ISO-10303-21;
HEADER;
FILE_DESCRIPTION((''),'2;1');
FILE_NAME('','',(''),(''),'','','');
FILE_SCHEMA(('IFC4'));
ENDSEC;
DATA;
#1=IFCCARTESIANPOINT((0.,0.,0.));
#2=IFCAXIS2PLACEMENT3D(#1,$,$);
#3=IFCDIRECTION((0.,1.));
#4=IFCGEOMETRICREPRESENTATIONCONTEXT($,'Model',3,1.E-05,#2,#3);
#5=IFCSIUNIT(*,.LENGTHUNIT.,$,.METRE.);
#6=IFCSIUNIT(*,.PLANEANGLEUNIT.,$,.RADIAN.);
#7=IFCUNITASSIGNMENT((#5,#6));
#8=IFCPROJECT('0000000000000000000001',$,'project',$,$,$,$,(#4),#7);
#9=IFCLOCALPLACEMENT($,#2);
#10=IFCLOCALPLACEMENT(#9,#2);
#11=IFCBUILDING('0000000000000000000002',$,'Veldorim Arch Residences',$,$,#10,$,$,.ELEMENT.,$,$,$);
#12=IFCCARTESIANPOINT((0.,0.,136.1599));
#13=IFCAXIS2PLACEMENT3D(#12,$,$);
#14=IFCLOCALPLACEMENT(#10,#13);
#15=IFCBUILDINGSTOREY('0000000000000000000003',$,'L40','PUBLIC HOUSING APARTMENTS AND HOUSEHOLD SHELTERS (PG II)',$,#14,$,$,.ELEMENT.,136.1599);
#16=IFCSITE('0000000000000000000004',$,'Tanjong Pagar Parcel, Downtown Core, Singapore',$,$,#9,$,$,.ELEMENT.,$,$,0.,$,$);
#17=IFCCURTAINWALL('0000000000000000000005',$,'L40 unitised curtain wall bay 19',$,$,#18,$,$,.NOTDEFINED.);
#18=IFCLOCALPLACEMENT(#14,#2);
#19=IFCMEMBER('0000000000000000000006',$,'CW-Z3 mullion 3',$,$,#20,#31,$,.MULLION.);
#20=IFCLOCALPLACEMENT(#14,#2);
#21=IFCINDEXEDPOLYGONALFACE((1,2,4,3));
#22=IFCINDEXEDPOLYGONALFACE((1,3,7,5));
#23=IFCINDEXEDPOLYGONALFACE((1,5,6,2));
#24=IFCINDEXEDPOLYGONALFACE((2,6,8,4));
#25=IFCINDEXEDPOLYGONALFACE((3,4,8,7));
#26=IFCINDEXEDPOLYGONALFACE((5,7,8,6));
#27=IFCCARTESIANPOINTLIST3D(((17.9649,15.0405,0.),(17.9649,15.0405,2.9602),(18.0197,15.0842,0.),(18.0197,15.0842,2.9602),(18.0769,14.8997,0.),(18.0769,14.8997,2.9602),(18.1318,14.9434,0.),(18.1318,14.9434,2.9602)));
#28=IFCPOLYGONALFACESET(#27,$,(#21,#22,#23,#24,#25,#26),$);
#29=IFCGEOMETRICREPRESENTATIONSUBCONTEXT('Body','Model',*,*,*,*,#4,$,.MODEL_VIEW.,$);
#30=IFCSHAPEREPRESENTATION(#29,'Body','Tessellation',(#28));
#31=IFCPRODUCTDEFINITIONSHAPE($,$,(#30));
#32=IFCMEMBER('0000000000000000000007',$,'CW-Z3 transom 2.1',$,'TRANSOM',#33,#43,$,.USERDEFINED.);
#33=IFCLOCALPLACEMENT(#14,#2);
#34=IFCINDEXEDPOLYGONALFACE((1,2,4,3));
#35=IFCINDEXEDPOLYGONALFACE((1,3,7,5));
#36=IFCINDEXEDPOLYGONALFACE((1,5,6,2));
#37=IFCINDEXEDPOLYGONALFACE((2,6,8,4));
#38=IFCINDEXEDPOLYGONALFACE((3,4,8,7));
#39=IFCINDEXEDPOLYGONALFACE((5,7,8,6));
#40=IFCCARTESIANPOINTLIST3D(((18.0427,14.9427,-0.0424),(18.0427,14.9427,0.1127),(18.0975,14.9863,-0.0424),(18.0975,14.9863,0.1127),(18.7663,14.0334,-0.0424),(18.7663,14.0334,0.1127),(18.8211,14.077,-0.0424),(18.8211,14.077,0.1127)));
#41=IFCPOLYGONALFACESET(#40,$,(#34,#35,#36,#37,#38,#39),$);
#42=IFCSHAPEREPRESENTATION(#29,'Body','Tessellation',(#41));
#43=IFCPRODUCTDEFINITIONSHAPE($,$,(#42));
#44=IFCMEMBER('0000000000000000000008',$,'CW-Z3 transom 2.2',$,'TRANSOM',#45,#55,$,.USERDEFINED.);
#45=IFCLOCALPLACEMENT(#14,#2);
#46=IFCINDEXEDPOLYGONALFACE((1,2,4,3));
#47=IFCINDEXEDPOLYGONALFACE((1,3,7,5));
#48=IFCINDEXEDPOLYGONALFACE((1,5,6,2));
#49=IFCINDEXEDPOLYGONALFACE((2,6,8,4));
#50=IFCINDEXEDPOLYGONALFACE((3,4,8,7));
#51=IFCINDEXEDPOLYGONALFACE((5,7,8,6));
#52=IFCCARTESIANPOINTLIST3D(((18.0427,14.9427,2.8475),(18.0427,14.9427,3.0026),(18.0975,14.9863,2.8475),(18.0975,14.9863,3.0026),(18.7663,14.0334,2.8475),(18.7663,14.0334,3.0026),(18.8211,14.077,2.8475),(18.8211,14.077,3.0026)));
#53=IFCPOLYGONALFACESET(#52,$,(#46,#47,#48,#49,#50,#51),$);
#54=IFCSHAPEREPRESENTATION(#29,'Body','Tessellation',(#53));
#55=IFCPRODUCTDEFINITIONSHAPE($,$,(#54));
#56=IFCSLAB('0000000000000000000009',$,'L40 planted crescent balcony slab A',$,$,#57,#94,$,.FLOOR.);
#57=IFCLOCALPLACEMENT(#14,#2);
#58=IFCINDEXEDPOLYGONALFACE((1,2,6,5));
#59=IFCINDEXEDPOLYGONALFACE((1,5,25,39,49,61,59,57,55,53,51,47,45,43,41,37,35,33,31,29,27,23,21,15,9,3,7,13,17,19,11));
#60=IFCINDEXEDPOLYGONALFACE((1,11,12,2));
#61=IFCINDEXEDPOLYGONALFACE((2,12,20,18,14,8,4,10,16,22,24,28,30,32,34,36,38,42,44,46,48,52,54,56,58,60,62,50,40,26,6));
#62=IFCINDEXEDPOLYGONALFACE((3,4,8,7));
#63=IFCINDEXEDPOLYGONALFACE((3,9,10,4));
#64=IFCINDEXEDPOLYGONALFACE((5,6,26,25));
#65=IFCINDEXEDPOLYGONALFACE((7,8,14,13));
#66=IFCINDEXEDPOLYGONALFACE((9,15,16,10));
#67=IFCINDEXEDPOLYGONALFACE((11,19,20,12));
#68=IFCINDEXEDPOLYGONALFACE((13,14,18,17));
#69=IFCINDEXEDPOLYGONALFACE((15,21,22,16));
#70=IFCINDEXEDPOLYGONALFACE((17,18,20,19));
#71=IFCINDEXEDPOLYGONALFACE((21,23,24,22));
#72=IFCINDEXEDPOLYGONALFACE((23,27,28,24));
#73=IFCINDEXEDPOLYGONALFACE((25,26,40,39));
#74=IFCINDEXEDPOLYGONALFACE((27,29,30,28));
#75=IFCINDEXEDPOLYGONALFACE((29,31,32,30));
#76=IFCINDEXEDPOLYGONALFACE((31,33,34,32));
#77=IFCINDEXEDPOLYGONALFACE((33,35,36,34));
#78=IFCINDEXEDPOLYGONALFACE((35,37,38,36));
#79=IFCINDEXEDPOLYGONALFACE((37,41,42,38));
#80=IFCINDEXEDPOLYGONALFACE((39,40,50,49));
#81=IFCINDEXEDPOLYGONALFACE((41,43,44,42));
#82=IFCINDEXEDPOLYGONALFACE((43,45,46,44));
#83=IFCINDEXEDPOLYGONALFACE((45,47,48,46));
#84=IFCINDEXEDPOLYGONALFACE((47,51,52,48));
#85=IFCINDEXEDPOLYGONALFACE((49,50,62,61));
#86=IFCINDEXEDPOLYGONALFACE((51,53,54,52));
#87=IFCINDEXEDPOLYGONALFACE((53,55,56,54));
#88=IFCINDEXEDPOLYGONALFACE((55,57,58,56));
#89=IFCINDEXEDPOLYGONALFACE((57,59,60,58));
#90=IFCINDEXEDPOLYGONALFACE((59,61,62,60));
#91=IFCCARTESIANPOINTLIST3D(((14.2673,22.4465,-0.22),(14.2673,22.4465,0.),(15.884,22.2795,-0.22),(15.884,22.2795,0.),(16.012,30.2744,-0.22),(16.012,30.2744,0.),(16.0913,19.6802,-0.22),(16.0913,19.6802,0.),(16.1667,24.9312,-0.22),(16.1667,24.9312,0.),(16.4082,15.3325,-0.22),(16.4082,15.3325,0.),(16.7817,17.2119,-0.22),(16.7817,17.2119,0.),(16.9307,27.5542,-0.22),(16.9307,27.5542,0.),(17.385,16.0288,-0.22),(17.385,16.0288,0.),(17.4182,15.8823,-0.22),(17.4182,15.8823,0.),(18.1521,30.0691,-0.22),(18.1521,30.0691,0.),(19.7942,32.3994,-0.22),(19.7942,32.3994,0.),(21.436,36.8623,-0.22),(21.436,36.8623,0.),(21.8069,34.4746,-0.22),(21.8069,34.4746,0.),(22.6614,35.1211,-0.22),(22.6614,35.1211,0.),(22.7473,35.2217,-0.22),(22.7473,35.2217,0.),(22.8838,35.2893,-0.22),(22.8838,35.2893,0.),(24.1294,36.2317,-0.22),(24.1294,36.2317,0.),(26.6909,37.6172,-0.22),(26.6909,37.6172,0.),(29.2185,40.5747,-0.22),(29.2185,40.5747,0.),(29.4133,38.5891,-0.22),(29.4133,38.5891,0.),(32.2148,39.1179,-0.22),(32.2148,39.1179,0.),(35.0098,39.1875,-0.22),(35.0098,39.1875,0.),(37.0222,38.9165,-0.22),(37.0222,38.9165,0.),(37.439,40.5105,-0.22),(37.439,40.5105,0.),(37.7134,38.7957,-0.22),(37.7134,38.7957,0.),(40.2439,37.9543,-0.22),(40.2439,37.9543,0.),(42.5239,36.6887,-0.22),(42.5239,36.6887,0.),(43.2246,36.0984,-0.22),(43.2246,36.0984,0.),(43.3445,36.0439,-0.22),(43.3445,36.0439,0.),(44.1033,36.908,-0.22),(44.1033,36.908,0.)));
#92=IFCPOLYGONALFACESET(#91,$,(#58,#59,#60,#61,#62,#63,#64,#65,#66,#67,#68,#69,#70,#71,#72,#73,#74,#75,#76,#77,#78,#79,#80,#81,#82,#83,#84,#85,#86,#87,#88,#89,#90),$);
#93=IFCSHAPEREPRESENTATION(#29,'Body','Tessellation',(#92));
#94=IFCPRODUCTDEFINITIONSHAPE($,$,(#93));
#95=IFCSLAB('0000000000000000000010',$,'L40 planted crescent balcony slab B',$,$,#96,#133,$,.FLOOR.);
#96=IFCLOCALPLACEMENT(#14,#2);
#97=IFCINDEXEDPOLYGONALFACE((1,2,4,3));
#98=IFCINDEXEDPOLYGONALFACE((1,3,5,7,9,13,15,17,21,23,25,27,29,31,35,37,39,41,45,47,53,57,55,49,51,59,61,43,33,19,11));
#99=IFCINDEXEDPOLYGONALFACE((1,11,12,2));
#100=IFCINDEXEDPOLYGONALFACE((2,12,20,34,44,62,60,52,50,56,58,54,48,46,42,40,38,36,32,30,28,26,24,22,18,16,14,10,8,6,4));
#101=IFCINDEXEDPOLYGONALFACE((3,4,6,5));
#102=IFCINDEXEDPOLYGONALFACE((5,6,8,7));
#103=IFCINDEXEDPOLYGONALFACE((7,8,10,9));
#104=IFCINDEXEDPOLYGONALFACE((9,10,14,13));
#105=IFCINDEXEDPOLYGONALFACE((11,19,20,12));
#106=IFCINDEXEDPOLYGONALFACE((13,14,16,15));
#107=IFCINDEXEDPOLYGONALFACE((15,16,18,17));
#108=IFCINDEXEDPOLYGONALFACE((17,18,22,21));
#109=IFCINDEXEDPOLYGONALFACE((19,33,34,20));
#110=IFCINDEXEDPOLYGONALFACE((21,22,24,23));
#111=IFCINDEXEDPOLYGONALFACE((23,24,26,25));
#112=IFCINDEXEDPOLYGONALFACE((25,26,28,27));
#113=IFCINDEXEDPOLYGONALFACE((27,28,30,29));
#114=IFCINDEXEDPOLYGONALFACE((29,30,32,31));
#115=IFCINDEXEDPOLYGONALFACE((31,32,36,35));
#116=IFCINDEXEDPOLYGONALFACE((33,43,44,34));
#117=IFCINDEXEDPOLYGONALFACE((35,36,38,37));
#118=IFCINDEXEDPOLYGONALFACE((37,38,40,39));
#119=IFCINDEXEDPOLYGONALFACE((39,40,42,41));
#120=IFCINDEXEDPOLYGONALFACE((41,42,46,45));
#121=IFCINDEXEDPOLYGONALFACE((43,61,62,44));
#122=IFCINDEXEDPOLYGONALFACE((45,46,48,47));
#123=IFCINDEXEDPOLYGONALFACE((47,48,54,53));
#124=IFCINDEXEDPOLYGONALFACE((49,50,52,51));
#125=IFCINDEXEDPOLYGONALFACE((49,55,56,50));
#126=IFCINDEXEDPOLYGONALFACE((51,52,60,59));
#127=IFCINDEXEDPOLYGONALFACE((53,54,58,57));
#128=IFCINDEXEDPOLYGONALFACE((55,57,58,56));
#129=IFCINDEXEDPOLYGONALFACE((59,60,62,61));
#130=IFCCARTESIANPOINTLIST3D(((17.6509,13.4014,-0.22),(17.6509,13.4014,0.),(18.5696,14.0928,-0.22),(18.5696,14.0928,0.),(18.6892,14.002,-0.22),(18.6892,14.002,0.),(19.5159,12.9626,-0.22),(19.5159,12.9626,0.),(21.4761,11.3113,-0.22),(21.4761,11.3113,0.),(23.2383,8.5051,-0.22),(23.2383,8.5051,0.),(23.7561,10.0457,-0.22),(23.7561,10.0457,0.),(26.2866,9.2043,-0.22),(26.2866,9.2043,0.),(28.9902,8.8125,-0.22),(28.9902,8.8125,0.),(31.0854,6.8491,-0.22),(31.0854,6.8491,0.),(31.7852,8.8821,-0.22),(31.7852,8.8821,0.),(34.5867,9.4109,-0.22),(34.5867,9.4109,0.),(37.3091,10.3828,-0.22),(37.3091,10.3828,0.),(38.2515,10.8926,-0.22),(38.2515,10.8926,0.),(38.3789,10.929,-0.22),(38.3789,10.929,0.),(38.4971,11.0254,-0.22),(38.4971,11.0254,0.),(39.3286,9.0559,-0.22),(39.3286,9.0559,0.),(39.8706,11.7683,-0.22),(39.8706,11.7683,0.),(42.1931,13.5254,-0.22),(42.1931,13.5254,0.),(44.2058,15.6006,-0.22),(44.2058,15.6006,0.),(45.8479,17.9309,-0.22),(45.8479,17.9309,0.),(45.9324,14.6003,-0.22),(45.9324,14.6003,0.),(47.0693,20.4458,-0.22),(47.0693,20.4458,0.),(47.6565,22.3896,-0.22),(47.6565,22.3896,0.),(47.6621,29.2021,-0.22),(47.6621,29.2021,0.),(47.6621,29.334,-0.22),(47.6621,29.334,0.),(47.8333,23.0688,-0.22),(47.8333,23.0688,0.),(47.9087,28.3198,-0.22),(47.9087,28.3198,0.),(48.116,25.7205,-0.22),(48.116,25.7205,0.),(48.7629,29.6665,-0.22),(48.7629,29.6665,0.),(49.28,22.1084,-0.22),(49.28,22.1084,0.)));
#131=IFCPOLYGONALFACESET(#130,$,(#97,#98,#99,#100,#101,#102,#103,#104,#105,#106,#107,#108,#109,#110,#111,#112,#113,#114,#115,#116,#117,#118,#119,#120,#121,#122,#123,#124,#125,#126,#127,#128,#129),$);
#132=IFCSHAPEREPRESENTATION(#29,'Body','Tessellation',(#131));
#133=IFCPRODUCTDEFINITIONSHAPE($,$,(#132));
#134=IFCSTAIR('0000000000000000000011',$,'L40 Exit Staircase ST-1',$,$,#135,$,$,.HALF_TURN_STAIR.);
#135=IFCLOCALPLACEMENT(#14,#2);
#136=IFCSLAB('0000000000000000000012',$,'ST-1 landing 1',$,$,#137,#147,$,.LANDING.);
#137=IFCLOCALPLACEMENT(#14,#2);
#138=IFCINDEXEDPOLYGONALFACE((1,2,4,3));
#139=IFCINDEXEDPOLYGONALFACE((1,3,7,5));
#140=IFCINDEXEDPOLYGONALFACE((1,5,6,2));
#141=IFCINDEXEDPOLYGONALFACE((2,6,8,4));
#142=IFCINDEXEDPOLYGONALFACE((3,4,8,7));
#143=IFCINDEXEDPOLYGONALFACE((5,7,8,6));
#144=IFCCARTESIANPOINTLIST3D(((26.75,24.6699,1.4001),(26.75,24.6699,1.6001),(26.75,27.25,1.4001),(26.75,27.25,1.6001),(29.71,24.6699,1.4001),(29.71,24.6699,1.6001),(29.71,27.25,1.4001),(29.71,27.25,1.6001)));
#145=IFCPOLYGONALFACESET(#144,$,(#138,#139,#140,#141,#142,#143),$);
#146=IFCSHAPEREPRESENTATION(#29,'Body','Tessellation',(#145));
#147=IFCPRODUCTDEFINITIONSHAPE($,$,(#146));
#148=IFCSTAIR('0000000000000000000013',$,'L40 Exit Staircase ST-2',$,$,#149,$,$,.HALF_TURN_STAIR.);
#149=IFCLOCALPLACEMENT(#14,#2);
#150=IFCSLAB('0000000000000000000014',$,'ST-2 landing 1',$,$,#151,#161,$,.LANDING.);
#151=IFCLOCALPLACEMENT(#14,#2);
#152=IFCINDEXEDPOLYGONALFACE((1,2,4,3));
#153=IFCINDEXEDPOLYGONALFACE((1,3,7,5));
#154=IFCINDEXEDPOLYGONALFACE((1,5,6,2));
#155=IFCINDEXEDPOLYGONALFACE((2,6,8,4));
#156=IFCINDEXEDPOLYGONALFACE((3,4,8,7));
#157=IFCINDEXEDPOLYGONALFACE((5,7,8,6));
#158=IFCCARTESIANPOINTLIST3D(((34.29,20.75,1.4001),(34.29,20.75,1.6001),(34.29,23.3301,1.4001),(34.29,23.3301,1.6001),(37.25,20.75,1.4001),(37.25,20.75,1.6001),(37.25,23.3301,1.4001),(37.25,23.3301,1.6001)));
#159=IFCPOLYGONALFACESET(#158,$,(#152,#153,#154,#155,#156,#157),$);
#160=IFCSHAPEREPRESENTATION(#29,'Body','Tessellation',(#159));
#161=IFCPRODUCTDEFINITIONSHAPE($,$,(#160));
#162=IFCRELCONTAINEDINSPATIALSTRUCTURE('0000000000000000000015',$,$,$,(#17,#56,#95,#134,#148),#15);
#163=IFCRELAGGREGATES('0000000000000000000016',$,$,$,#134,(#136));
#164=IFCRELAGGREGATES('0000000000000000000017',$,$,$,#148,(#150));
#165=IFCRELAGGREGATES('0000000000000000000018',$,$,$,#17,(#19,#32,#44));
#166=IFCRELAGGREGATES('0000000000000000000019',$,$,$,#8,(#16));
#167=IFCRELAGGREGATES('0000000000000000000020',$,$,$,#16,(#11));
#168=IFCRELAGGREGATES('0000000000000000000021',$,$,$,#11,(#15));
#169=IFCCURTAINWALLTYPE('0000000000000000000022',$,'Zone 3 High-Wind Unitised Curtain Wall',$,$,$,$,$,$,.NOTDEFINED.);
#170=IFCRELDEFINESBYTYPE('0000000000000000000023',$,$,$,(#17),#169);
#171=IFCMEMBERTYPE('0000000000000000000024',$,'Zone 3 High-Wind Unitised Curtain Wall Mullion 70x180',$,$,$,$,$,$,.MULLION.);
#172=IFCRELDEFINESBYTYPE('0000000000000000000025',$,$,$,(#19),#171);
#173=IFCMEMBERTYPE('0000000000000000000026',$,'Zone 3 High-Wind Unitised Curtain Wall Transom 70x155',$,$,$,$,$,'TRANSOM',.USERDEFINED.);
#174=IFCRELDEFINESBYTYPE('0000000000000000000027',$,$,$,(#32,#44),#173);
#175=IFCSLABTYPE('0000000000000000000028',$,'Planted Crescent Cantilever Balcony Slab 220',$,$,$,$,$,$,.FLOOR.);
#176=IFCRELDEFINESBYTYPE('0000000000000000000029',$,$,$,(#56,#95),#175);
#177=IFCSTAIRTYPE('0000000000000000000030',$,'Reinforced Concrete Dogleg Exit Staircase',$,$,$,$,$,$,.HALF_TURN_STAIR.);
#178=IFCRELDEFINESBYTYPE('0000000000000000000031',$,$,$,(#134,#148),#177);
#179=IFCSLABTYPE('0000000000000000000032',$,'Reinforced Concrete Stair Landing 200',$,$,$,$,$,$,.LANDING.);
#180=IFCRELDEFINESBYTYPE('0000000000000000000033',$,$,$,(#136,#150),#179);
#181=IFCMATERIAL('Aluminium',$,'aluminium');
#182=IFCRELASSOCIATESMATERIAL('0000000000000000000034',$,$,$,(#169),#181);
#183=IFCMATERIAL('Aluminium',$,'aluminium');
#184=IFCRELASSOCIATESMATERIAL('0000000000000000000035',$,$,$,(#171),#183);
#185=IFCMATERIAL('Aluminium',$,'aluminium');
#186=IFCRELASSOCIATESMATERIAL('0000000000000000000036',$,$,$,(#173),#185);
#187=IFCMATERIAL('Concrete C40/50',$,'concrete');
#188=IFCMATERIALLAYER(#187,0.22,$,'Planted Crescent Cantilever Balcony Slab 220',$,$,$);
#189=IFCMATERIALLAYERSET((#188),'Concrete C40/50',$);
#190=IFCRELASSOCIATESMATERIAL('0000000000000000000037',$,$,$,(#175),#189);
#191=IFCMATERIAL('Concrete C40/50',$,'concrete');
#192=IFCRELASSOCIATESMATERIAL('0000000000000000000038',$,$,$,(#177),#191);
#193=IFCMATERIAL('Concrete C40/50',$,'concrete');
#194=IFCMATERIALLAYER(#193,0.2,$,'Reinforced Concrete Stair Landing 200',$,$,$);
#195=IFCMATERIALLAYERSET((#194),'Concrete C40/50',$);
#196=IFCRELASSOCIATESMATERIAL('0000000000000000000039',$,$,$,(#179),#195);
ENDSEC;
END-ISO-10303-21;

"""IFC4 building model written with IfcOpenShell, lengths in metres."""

from ifc_helpers import new_model, si_unit, direction, frame, origin, origin_2d, place, context, subcontext, project, spatial, polyline, rectangle, outline, extrude, material, layer, layer_set, material_profile, profile_set, type_object, element, aggregate, save


model = new_model("IFC4")

# Units and contexts
model_context = context("Model", 3, precision=1e-05, world=origin(), true_north=direction((0.0, 1.0)))
body_context = subcontext(model_context, "Body", "Model", "MODEL_VIEW")
ifc_project = project(units=[si_unit("LENGTHUNIT", "METRE"), si_unit("PLANEANGLEUNIT", "RADIAN")], contexts=[model_context])

# Site, building, storey
site_placement = place(None, origin())
site = spatial("IfcSite", under=ifc_project, at=site_placement, Name="Tanjong Pagar Parcel, Downtown Core, Singapore", CompositionType="ELEMENT", RefElevation=0.0)
building_placement = place(site_placement, origin())
building = spatial("IfcBuilding", under=site, at=building_placement, Name="Veldorim Arch Residences", CompositionType="ELEMENT")
storey_placement = place(building_placement, frame((0.0, 0.0, 136.1599)))
storey = spatial("IfcBuildingStorey", under=building, at=storey_placement, Name="L40", Description="PUBLIC HOUSING APARTMENTS AND HOUSEHOLD SHELTERS (PG II)", CompositionType="ELEMENT", Elevation=136.1599)

# Curtain wall, members
ifc_material_1 = material(Name="Aluminium", Category="aluminium")
curtain_wall_type = type_object("IfcCurtainWallType", Name="Zone 3 High-Wind Unitised Curtain Wall", PredefinedType="NOTDEFINED", material=ifc_material_1)
curtain_wall_placement = place(storey_placement, origin())
curtain_wall = element("IfcCurtainWall", 1, at=curtain_wall_placement, inside=storey, type_object=curtain_wall_type, Name="L40 unitised curtain wall bay 19", PredefinedType="NOTDEFINED")
ifc_material_2 = material(Name="Aluminium", Category="aluminium")
ifc_material_profile_1 = material_profile(ifc_material_2, rectangle(XDim=0.0701, YDim=0.1799, at=origin_2d()), Name="ALU_MUL_70x180")
ifc_profile_set_1 = profile_set([ifc_material_profile_1], Name="Aluminium")
member_type_1 = type_object("IfcMemberType", Name="Zone 3 High-Wind Unitised Curtain Wall Mullion 70x180", PredefinedType="MULLION", material=ifc_profile_set_1)
member_1_placement = place(storey_placement, frame((18.0483, 14.9919, 0.0), z_axis=(0.0, 0.0, 1.0), x_axis=(-0.782556, -0.62258, 0.0)))
member_1 = element("IfcMember", 2, at=member_1_placement, type_object=member_type_1, Name="CW-Z3 mullion 3", PredefinedType="MULLION", context=body_context, shape_type="SweptSolid", body=[
    extrude(rectangle(XDim=0.0701, YDim=0.1799, at=origin_2d()), origin(), (0.0, 0.0, 1.0), 2.9602),
])
ifc_material_3 = material(Name="Aluminium", Category="aluminium")
ifc_material_profile_2 = material_profile(ifc_material_3, rectangle(XDim=0.0701, YDim=0.155, at=origin_2d()), Name="ALU_TRN_70x155")
ifc_profile_set_2 = profile_set([ifc_material_profile_2], Name="Aluminium")
member_type_2 = type_object("IfcMemberType", Name="Zone 3 High-Wind Unitised Curtain Wall Transom 70x155", ElementType="TRANSOM", PredefinedType="USERDEFINED", material=ifc_profile_set_2)
member_2_placement = place(storey_placement, frame((18.7937, 14.0552, 0.0352), z_axis=(-0.622643, 0.782506, 0.0), x_axis=(-0.782506, -0.622643, 0.0)))
member_2 = element("IfcMember", 3, at=member_2_placement, type_object=member_type_2, Name="CW-Z3 transom 2.1", ObjectType="TRANSOM", PredefinedType="USERDEFINED", context=body_context, shape_type="SweptSolid", body=[
    extrude(rectangle(XDim=0.0701, YDim=0.155, at=origin_2d()), origin(), (0.0, 0.0, 1.0), 1.1621),
])
member_3_placement = place(storey_placement, frame((18.7937, 14.0552, 2.925), z_axis=(-0.622643, 0.782506, 0.0), x_axis=(-0.782506, -0.622643, 0.0)))
member_3 = element("IfcMember", 4, at=member_3_placement, type_object=member_type_2, Name="CW-Z3 transom 2.2", ObjectType="TRANSOM", PredefinedType="USERDEFINED", context=body_context, shape_type="SweptSolid", body=[
    extrude(rectangle(XDim=0.0701, YDim=0.155, at=origin_2d()), origin(), (0.0, 0.0, 1.0), 1.1621),
])

# Slabs
ifc_material_4 = material(Name="Concrete C40/50", Category="concrete")
ifc_layer_1 = layer(ifc_material_4, 0.22, Name="Planted Crescent Cantilever Balcony Slab 220")
ifc_layer_set_1 = layer_set([ifc_layer_1], Name="Concrete C40/50")
slab_type_1 = type_object("IfcSlabType", Name="Planted Crescent Cantilever Balcony Slab 220", PredefinedType="FLOOR", material=ifc_layer_set_1)
slab_1_placement = place(storey_placement, frame((0.0, 0.0, -0.22)))
element("IfcSlab", 5, at=slab_1_placement, inside=storey, type_object=slab_type_1, Name="L40 planted crescent balcony slab A", PredefinedType="FLOOR", context=body_context, shape_type="SweptSolid", body=[
    extrude(outline(polyline([(43.2246, 36.0984), (42.5239, 36.6887), (40.2439, 37.9543), (37.7134, 38.7957), (37.0222, 38.9165), (35.0098, 39.1875), (32.2148, 39.1179), (29.4133, 38.5891), (26.6909, 37.6172), (24.1294, 36.2317), (22.8838, 35.2893), (22.7473, 35.2217), (22.6614, 35.1211), (21.8069, 34.4746), (19.7942, 32.3994), (18.1521, 30.0691), (16.9307, 27.5542), (16.1667, 24.9312), (15.884, 22.2795), (16.0913, 19.6802), (16.7817, 17.2119), (17.385, 16.0288), (17.4182, 15.8823), (16.4082, 15.3325), (14.2673, 22.4465), (16.012, 30.2744), (21.436, 36.8623), (29.2185, 40.5747), (37.439, 40.5105), (44.1033, 36.908), (43.3445, 36.0439), (43.2246, 36.0984)])), origin(), (0.0, 0.0, 1.0), 0.22),
])
slab_2_placement = place(storey_placement, frame((0.0, 0.0, -0.22)))
element("IfcSlab", 6, at=slab_2_placement, inside=storey, type_object=slab_type_1, Name="L40 planted crescent balcony slab B", PredefinedType="FLOOR", context=body_context, shape_type="SweptSolid", body=[
    extrude(outline(polyline([(18.6892, 14.002), (19.5159, 12.9626), (21.4761, 11.3113), (23.7561, 10.0457), (26.2866, 9.2043), (28.9902, 8.8125), (31.7852, 8.8821), (34.5867, 9.4109), (37.3091, 10.3828), (38.2515, 10.8926), (38.3789, 10.929), (38.4971, 11.0254), (39.8706, 11.7683), (42.1931, 13.5254), (44.2058, 15.6006), (45.8479, 17.9309), (47.0693, 20.4458), (47.6565, 22.3896), (47.8333, 23.0688), (48.116, 25.7205), (47.9087, 28.3198), (47.6621, 29.2021), (47.6621, 29.334), (48.7629, 29.6665), (49.28, 22.1084), (45.9324, 14.6003), (39.3286, 9.0559), (31.0854, 6.8491), (23.2383, 8.5051), (17.6509, 13.4014), (18.5696, 14.0928), (18.6892, 14.002)])), origin(), (0.0, 0.0, 1.0), 0.22),
])

# Stairs, slabs
ifc_material_5 = material(Name="Concrete C40/50", Category="concrete")
stair_type = type_object("IfcStairType", Name="Reinforced Concrete Dogleg Exit Staircase", PredefinedType="HALF_TURN_STAIR", material=ifc_material_5)
stair_1_placement = place(storey_placement, origin())
stair_1 = element("IfcStair", 7, at=stair_1_placement, inside=storey, type_object=stair_type, Name="L40 Exit Staircase ST-1", PredefinedType="HALF_TURN_STAIR")
ifc_material_6 = material(Name="Concrete C40/50", Category="concrete")
ifc_layer_2 = layer(ifc_material_6, 0.2, Name="Reinforced Concrete Stair Landing 200")
ifc_layer_set_2 = layer_set([ifc_layer_2], Name="Concrete C40/50")
slab_type_2 = type_object("IfcSlabType", Name="Reinforced Concrete Stair Landing 200", PredefinedType="LANDING", material=ifc_layer_set_2)
slab_3_placement = place(storey_placement, frame((0.0, 0.0, 1.4001)))
slab_3 = element("IfcSlab", 8, at=slab_3_placement, type_object=slab_type_2, Name="ST-1 landing 1", PredefinedType="LANDING", context=body_context, shape_type="SweptSolid", body=[
    extrude(outline(polyline([(29.71, 24.6699), (29.71, 27.25), (26.75, 27.25), (26.75, 24.6699), (29.71, 24.6699)])), origin(), (0.0, 0.0, 1.0), 0.2),
])
aggregate(stair_1, [slab_3])
stair_2_placement = place(storey_placement, origin())
stair_2 = element("IfcStair", 9, at=stair_2_placement, inside=storey, type_object=stair_type, Name="L40 Exit Staircase ST-2", PredefinedType="HALF_TURN_STAIR")
slab_4_placement = place(storey_placement, frame((0.0, 0.0, 1.4001)))
slab_4 = element("IfcSlab", 10, at=slab_4_placement, type_object=slab_type_2, Name="ST-2 landing 1", PredefinedType="LANDING", context=body_context, shape_type="SweptSolid", body=[
    extrude(outline(polyline([(34.29, 23.3301), (34.29, 20.75), (37.25, 20.75), (37.25, 23.3301), (34.29, 23.3301)])), origin(), (0.0, 0.0, 1.0), 0.2),
])
aggregate(stair_2, [slab_4])

aggregate(curtain_wall, [member_1, member_2, member_3])

save(model, "model.ifc")
